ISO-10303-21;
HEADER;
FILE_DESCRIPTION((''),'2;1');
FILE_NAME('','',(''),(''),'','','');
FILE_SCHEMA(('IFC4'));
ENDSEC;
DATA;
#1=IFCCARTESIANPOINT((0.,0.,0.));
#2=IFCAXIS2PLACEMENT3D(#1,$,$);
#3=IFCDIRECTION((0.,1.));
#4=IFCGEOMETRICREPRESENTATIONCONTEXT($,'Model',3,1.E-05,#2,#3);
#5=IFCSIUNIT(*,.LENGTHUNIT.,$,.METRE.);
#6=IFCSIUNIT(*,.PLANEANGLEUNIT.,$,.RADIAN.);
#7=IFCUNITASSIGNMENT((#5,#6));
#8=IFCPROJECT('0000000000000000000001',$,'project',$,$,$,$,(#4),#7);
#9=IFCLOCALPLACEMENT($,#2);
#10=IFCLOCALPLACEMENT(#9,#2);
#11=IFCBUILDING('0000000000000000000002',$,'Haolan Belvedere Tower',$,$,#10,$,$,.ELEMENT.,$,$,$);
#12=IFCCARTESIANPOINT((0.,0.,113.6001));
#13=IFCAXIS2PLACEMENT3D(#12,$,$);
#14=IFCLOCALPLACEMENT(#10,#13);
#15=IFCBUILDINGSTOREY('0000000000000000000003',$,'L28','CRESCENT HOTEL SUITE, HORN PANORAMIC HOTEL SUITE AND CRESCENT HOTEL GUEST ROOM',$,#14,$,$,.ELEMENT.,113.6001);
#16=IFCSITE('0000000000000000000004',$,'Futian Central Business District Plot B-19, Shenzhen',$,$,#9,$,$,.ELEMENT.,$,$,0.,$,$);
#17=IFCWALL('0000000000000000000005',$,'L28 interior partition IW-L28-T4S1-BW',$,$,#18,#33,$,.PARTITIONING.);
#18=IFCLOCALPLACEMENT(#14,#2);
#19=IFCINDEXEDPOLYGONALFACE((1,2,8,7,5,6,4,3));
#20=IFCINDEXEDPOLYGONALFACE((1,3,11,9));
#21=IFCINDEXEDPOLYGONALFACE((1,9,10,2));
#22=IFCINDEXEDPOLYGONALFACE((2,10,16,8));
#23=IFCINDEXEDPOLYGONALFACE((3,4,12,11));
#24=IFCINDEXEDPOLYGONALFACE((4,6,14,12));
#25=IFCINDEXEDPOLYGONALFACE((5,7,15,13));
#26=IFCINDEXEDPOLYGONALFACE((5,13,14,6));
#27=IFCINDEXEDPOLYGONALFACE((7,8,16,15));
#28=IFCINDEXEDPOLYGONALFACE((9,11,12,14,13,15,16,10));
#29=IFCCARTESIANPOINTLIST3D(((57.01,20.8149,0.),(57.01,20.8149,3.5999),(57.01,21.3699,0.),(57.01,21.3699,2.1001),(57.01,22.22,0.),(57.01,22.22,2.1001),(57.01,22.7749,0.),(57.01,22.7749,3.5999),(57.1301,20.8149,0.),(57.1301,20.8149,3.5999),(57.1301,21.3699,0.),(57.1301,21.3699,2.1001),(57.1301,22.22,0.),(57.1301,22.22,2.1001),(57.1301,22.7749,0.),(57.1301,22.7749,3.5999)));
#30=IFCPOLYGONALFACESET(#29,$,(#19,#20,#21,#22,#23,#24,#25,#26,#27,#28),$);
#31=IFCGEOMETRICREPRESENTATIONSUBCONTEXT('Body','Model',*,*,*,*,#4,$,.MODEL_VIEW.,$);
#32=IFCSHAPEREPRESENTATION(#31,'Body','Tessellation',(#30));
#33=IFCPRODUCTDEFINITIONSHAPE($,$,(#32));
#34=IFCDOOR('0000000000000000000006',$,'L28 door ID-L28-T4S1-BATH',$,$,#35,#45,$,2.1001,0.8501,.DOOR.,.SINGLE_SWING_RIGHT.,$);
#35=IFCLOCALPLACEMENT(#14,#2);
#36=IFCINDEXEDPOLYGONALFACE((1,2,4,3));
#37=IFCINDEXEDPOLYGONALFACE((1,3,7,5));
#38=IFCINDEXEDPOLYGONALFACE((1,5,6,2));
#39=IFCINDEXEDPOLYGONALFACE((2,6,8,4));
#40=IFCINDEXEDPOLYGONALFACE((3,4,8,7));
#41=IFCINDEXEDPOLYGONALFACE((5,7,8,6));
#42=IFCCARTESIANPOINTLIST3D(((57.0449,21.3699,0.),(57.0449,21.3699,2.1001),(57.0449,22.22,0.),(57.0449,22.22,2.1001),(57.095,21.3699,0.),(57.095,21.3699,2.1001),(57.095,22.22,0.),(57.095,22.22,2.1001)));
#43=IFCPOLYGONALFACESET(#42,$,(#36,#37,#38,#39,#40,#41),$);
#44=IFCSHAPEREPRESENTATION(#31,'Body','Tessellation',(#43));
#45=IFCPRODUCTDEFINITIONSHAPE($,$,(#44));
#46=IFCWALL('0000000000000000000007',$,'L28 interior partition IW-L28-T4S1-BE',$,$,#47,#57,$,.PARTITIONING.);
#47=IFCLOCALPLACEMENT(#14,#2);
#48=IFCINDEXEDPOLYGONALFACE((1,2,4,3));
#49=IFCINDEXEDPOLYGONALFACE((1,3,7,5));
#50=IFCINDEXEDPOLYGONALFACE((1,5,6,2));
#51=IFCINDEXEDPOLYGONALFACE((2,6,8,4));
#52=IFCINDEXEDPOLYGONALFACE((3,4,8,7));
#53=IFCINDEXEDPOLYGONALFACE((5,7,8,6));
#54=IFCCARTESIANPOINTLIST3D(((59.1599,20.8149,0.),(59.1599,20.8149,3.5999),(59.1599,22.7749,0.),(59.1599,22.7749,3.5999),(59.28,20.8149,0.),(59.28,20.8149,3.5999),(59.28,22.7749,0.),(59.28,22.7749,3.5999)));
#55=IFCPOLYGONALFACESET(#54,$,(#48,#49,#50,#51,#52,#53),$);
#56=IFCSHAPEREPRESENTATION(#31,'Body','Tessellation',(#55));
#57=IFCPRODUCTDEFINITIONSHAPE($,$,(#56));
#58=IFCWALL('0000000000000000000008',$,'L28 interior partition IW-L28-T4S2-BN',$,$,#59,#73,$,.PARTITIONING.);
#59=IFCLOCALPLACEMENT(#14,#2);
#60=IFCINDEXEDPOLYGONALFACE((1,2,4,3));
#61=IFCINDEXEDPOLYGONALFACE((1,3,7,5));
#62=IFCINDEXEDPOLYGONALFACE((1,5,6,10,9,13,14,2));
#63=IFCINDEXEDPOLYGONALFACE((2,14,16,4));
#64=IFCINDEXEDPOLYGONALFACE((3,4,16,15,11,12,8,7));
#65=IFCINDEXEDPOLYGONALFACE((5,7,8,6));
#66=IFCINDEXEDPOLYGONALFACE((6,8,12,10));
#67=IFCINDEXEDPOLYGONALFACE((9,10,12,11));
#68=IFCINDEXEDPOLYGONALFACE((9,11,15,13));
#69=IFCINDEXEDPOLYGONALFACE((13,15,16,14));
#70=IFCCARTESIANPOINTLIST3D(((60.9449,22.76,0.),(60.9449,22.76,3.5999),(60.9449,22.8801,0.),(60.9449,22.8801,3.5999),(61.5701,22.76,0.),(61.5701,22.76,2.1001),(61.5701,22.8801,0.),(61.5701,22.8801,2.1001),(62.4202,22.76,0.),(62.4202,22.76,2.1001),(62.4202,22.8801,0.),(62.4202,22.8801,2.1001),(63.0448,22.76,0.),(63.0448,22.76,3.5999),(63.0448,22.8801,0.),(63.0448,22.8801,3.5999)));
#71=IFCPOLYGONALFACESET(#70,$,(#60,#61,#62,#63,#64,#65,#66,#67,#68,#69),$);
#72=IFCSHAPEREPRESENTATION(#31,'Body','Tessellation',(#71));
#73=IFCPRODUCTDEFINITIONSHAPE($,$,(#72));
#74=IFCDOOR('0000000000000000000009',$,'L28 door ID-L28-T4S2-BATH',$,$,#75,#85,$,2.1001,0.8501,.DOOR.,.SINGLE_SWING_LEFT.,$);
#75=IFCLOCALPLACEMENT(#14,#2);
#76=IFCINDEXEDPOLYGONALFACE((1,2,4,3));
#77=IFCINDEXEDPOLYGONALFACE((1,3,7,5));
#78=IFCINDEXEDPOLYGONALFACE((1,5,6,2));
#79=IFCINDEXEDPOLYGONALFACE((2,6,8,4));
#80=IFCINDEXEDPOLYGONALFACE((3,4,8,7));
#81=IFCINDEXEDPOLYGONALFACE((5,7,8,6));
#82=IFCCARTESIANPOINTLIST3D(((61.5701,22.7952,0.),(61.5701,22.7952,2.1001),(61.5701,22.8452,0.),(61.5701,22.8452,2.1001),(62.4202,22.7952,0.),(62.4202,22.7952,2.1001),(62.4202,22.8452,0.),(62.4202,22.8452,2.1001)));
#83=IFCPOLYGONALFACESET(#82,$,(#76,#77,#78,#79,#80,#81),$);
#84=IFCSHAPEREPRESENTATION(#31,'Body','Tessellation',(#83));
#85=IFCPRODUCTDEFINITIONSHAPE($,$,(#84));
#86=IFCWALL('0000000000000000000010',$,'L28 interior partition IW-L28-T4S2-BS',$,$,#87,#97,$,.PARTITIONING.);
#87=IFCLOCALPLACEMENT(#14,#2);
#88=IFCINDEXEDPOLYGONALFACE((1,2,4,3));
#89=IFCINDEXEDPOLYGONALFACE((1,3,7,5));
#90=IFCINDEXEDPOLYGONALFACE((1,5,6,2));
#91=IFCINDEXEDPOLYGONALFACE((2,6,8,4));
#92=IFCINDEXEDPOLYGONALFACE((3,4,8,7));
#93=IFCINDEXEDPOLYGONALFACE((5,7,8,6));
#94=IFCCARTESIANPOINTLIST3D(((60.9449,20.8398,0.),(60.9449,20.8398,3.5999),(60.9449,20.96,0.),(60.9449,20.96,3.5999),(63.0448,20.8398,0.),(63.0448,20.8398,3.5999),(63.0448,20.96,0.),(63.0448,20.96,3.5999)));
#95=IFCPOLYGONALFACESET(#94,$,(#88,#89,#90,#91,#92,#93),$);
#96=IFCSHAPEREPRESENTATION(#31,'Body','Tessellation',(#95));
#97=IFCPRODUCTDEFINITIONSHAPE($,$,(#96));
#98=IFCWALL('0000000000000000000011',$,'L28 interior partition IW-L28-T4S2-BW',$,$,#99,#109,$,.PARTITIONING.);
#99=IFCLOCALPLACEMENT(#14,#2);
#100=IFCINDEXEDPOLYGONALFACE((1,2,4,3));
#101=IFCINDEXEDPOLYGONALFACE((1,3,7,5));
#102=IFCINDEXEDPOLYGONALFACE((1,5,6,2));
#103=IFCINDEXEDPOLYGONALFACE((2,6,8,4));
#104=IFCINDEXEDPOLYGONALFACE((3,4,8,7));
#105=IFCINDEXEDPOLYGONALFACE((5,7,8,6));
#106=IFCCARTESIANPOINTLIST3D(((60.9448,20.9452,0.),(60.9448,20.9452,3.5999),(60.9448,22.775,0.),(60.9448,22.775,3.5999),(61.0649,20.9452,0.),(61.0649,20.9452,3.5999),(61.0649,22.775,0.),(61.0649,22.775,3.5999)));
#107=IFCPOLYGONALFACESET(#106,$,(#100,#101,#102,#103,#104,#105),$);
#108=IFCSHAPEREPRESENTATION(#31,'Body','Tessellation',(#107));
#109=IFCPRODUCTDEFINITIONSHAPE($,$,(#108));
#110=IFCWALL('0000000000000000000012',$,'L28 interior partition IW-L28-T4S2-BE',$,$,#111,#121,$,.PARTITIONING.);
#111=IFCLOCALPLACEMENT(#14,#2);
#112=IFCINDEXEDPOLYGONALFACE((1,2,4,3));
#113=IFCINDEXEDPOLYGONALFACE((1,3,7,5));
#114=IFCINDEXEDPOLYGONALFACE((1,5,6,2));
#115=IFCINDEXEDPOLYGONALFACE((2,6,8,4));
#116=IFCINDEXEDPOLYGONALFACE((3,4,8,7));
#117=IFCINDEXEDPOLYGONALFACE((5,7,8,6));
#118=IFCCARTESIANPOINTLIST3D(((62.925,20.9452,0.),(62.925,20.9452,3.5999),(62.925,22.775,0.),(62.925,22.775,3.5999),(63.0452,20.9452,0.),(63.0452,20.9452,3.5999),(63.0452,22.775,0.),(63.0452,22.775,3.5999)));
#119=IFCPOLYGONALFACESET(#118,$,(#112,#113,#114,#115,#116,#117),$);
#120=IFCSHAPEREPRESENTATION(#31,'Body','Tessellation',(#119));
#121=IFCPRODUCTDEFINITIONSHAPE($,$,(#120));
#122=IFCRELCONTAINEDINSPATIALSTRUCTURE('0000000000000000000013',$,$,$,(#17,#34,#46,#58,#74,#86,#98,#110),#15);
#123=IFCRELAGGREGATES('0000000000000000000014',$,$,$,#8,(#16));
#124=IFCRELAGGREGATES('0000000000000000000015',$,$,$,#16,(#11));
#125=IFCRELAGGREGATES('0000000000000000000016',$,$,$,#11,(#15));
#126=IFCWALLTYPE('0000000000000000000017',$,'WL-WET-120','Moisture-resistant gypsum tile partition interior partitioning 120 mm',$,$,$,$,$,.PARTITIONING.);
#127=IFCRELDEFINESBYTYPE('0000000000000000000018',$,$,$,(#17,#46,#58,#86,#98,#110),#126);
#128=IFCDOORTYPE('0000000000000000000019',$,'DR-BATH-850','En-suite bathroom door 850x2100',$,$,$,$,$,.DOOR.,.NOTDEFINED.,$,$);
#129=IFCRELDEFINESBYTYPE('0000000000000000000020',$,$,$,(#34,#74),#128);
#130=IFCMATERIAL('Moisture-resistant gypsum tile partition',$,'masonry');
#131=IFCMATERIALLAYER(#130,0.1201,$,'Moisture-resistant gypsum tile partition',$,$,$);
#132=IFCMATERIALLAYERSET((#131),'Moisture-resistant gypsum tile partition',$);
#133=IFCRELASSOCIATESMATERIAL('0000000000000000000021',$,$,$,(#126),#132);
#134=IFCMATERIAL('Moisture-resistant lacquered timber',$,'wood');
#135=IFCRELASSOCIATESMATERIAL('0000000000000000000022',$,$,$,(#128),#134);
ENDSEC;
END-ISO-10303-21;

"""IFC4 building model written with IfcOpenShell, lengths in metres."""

from ifc_helpers import new_model, si_unit, direction, frame, frame_2d, origin, place, context, subcontext, project, spatial, rectangle, extrude, material, layer, layer_set, type_object, element, fill, save


model = new_model("IFC4")

# Units and contexts
model_context = context("Model", 3, precision=1e-05, world=origin(), true_north=direction((0.0, 1.0)))
body_context = subcontext(model_context, "Body", "Model", "MODEL_VIEW")
ifc_project = project(units=[si_unit("LENGTHUNIT", "METRE"), si_unit("PLANEANGLEUNIT", "RADIAN")], contexts=[model_context])

# Site, building, storey
site_placement = place(None, origin())
site = spatial("IfcSite", under=ifc_project, at=site_placement, Name="Futian Central Business District Plot B-19, Shenzhen", CompositionType="ELEMENT", RefElevation=0.0)
building_placement = place(site_placement, origin())
building = spatial("IfcBuilding", under=site, at=building_placement, Name="Haolan Belvedere Tower", CompositionType="ELEMENT")
storey_placement = place(building_placement, frame((0.0, 0.0, 113.6001)))
storey = spatial("IfcBuildingStorey", under=building, at=storey_placement, Name="L28", Description="CRESCENT HOTEL SUITE, HORN PANORAMIC HOTEL SUITE AND CRESCENT HOTEL GUEST ROOM", CompositionType="ELEMENT", Elevation=113.6001)

# Shared definitions
ifc_material_1 = material(Name="Moisture-resistant gypsum tile partition", Category="masonry")
ifc_layer_1 = layer(ifc_material_1, 0.1201, Name="Moisture-resistant gypsum tile partition")
ifc_layer_set_1 = layer_set([ifc_layer_1], Name="Moisture-resistant gypsum tile partition")
wall_type_1 = type_object("IfcWallType", Name="WL-WET-120", Description="Moisture-resistant gypsum tile partition interior partitioning 120 mm", PredefinedType="PARTITIONING", material=ifc_layer_set_1)

# Wall, opening, door
wall_1_placement = place(storey_placement, frame((57.0701, 20.8149, 0.0), z_axis=(0.0, 0.0, 1.0), x_axis=(0.0, 1.0, 0.0)))
wall_1 = element("IfcWall", 1, at=wall_1_placement, inside=storey, type_object=wall_type_1, Name="L28 interior partition IW-L28-T4S1-BW", PredefinedType="PARTITIONING", context=body_context, shape_type="SweptSolid", body=[
    extrude(rectangle(XDim=1.96, YDim=0.1201, at=frame_2d((0.98, 0.0))), origin(), (0.0, 0.0, 1.0), 3.5999),
])
opening_1_placement = place(wall_1_placement, frame((1.405, 0.0, 0.0), z_axis=(0.0, 0.0, 1.0), x_axis=(-1.0, 0.0, 0.0)))
opening_1 = element("IfcOpeningElement", 2, at=opening_1_placement, cuts=wall_1, PredefinedType="OPENING", context=body_context, shape_type="SweptSolid", body=[
    extrude(rectangle(XDim=0.8501, YDim=2.1001, at=frame_2d((0.425, 1.05))), frame((0.0, 0.0701, 0.0), z_axis=(0.0, -1.0, 0.0), x_axis=(1.0, 0.0, 0.0)), (0.0, 0.0, 1.0), 0.1401),
])
ifc_material_2 = material(Name="Moisture-resistant lacquered timber", Category="wood")
door_type = type_object("IfcDoorType", Name="DR-BATH-850", Description="En-suite bathroom door 850x2100", OperationType="NOTDEFINED", PredefinedType="DOOR", material=ifc_material_2)
door_1_placement = place(opening_1_placement, origin())
door_1 = element("IfcDoor", 3, at=door_1_placement, inside=storey, type_object=door_type, Name="L28 door ID-L28-T4S1-BATH", OperationType="SINGLE_SWING_RIGHT", OverallHeight=2.1001, OverallWidth=0.8501, PredefinedType="DOOR", context=body_context, shape_type="SweptSolid", body=[
    extrude(rectangle(XDim=0.8501, YDim=2.1001, at=frame_2d((0.425, 1.05))), frame((0.0, 0.0249, 0.0), z_axis=(0.0, -1.0, 0.0), x_axis=(1.0, 0.0, 0.0)), (0.0, 0.0, 1.0), 0.05),
])
fill(opening_1, door_1)

# Wall
wall_2_placement = place(storey_placement, frame((59.22, 20.8149, 0.0), z_axis=(0.0, 0.0, 1.0), x_axis=(0.0, 1.0, 0.0)))
element("IfcWall", 4, at=wall_2_placement, inside=storey, type_object=wall_type_1, Name="L28 interior partition IW-L28-T4S1-BE", PredefinedType="PARTITIONING", context=body_context, shape_type="SweptSolid", body=[
    extrude(rectangle(XDim=1.96, YDim=0.1201, at=frame_2d((0.98, 0.0))), origin(), (0.0, 0.0, 1.0), 3.5999),
])

# Wall, opening, door
wall_3_placement = place(storey_placement, frame((60.9451, 22.8201, 0.0), z_axis=(0.0, 0.0, 1.0), x_axis=(1.0, 0.0, 0.0)))
wall_3 = element("IfcWall", 5, at=wall_3_placement, inside=storey, type_object=wall_type_1, Name="L28 interior partition IW-L28-T4S2-BN", PredefinedType="PARTITIONING", context=body_context, shape_type="SweptSolid", body=[
    extrude(rectangle(XDim=2.0999, YDim=0.1201, at=frame_2d((1.0498, 0.0))), origin(), (0.0, 0.0, 1.0), 3.5999),
])
opening_2_placement = place(wall_3_placement, frame((1.4751, 0.0, 0.0), z_axis=(0.0, 0.0, 1.0), x_axis=(-1.0, 0.0, 0.0)))
opening_2 = element("IfcOpeningElement", 6, at=opening_2_placement, cuts=wall_3, PredefinedType="OPENING", context=body_context, shape_type="SweptSolid", body=[
    extrude(rectangle(XDim=0.8501, YDim=2.1001, at=frame_2d((0.425, 1.05))), frame((0.0, 0.0701, 0.0), z_axis=(0.0, -1.0, 0.0), x_axis=(1.0, 0.0, 0.0)), (0.0, 0.0, 1.0), 0.1401),
])
door_2_placement = place(opening_2_placement, origin())
door_2 = element("IfcDoor", 7, at=door_2_placement, inside=storey, type_object=door_type, Name="L28 door ID-L28-T4S2-BATH", OperationType="SINGLE_SWING_LEFT", OverallHeight=2.1001, OverallWidth=0.8501, PredefinedType="DOOR", context=body_context, shape_type="SweptSolid", body=[
    extrude(rectangle(XDim=0.8501, YDim=2.1001, at=frame_2d((0.425, 1.05))), frame((0.0, 0.0249, 0.0), z_axis=(0.0, -1.0, 0.0), x_axis=(1.0, 0.0, 0.0)), (0.0, 0.0, 1.0), 0.05),
])
fill(opening_2, door_2)

# Walls
wall_4_placement = place(storey_placement, frame((60.9451, 20.8999, 0.0), z_axis=(0.0, 0.0, 1.0), x_axis=(1.0, 0.0, 0.0)))
element("IfcWall", 8, at=wall_4_placement, inside=storey, type_object=wall_type_1, Name="L28 interior partition IW-L28-T4S2-BS", PredefinedType="PARTITIONING", context=body_context, shape_type="SweptSolid", body=[
    extrude(rectangle(XDim=2.0999, YDim=0.1201, at=frame_2d((1.0498, 0.0))), origin(), (0.0, 0.0, 1.0), 3.5999),
])
for number, where, z_axis, x_axis, name in (
    (9, (61.0049, 20.9451, 0.0), (0.0, 0.0, 1.0), (0.0, 1.0, 0.0), "L28 interior partition IW-L28-T4S2-BW"),
    (10, (62.9851, 20.9451, 0.0), (0.0, 0.0, 1.0), (0.0, 1.0, 0.0), "L28 interior partition IW-L28-T4S2-BE"),
):
    element("IfcWall", number, at=place(storey_placement, frame(where, z_axis=z_axis, x_axis=x_axis)), inside=storey, type_object=wall_type_1, Name=name, PredefinedType="PARTITIONING", context=body_context, shape_type="SweptSolid", body=[
        extrude(rectangle(XDim=1.8298, YDim=0.1201, at=frame_2d((0.915, 0.0))), origin(), (0.0, 0.0, 1.0), 3.5999),
    ])

save(model, "model.ifc")
